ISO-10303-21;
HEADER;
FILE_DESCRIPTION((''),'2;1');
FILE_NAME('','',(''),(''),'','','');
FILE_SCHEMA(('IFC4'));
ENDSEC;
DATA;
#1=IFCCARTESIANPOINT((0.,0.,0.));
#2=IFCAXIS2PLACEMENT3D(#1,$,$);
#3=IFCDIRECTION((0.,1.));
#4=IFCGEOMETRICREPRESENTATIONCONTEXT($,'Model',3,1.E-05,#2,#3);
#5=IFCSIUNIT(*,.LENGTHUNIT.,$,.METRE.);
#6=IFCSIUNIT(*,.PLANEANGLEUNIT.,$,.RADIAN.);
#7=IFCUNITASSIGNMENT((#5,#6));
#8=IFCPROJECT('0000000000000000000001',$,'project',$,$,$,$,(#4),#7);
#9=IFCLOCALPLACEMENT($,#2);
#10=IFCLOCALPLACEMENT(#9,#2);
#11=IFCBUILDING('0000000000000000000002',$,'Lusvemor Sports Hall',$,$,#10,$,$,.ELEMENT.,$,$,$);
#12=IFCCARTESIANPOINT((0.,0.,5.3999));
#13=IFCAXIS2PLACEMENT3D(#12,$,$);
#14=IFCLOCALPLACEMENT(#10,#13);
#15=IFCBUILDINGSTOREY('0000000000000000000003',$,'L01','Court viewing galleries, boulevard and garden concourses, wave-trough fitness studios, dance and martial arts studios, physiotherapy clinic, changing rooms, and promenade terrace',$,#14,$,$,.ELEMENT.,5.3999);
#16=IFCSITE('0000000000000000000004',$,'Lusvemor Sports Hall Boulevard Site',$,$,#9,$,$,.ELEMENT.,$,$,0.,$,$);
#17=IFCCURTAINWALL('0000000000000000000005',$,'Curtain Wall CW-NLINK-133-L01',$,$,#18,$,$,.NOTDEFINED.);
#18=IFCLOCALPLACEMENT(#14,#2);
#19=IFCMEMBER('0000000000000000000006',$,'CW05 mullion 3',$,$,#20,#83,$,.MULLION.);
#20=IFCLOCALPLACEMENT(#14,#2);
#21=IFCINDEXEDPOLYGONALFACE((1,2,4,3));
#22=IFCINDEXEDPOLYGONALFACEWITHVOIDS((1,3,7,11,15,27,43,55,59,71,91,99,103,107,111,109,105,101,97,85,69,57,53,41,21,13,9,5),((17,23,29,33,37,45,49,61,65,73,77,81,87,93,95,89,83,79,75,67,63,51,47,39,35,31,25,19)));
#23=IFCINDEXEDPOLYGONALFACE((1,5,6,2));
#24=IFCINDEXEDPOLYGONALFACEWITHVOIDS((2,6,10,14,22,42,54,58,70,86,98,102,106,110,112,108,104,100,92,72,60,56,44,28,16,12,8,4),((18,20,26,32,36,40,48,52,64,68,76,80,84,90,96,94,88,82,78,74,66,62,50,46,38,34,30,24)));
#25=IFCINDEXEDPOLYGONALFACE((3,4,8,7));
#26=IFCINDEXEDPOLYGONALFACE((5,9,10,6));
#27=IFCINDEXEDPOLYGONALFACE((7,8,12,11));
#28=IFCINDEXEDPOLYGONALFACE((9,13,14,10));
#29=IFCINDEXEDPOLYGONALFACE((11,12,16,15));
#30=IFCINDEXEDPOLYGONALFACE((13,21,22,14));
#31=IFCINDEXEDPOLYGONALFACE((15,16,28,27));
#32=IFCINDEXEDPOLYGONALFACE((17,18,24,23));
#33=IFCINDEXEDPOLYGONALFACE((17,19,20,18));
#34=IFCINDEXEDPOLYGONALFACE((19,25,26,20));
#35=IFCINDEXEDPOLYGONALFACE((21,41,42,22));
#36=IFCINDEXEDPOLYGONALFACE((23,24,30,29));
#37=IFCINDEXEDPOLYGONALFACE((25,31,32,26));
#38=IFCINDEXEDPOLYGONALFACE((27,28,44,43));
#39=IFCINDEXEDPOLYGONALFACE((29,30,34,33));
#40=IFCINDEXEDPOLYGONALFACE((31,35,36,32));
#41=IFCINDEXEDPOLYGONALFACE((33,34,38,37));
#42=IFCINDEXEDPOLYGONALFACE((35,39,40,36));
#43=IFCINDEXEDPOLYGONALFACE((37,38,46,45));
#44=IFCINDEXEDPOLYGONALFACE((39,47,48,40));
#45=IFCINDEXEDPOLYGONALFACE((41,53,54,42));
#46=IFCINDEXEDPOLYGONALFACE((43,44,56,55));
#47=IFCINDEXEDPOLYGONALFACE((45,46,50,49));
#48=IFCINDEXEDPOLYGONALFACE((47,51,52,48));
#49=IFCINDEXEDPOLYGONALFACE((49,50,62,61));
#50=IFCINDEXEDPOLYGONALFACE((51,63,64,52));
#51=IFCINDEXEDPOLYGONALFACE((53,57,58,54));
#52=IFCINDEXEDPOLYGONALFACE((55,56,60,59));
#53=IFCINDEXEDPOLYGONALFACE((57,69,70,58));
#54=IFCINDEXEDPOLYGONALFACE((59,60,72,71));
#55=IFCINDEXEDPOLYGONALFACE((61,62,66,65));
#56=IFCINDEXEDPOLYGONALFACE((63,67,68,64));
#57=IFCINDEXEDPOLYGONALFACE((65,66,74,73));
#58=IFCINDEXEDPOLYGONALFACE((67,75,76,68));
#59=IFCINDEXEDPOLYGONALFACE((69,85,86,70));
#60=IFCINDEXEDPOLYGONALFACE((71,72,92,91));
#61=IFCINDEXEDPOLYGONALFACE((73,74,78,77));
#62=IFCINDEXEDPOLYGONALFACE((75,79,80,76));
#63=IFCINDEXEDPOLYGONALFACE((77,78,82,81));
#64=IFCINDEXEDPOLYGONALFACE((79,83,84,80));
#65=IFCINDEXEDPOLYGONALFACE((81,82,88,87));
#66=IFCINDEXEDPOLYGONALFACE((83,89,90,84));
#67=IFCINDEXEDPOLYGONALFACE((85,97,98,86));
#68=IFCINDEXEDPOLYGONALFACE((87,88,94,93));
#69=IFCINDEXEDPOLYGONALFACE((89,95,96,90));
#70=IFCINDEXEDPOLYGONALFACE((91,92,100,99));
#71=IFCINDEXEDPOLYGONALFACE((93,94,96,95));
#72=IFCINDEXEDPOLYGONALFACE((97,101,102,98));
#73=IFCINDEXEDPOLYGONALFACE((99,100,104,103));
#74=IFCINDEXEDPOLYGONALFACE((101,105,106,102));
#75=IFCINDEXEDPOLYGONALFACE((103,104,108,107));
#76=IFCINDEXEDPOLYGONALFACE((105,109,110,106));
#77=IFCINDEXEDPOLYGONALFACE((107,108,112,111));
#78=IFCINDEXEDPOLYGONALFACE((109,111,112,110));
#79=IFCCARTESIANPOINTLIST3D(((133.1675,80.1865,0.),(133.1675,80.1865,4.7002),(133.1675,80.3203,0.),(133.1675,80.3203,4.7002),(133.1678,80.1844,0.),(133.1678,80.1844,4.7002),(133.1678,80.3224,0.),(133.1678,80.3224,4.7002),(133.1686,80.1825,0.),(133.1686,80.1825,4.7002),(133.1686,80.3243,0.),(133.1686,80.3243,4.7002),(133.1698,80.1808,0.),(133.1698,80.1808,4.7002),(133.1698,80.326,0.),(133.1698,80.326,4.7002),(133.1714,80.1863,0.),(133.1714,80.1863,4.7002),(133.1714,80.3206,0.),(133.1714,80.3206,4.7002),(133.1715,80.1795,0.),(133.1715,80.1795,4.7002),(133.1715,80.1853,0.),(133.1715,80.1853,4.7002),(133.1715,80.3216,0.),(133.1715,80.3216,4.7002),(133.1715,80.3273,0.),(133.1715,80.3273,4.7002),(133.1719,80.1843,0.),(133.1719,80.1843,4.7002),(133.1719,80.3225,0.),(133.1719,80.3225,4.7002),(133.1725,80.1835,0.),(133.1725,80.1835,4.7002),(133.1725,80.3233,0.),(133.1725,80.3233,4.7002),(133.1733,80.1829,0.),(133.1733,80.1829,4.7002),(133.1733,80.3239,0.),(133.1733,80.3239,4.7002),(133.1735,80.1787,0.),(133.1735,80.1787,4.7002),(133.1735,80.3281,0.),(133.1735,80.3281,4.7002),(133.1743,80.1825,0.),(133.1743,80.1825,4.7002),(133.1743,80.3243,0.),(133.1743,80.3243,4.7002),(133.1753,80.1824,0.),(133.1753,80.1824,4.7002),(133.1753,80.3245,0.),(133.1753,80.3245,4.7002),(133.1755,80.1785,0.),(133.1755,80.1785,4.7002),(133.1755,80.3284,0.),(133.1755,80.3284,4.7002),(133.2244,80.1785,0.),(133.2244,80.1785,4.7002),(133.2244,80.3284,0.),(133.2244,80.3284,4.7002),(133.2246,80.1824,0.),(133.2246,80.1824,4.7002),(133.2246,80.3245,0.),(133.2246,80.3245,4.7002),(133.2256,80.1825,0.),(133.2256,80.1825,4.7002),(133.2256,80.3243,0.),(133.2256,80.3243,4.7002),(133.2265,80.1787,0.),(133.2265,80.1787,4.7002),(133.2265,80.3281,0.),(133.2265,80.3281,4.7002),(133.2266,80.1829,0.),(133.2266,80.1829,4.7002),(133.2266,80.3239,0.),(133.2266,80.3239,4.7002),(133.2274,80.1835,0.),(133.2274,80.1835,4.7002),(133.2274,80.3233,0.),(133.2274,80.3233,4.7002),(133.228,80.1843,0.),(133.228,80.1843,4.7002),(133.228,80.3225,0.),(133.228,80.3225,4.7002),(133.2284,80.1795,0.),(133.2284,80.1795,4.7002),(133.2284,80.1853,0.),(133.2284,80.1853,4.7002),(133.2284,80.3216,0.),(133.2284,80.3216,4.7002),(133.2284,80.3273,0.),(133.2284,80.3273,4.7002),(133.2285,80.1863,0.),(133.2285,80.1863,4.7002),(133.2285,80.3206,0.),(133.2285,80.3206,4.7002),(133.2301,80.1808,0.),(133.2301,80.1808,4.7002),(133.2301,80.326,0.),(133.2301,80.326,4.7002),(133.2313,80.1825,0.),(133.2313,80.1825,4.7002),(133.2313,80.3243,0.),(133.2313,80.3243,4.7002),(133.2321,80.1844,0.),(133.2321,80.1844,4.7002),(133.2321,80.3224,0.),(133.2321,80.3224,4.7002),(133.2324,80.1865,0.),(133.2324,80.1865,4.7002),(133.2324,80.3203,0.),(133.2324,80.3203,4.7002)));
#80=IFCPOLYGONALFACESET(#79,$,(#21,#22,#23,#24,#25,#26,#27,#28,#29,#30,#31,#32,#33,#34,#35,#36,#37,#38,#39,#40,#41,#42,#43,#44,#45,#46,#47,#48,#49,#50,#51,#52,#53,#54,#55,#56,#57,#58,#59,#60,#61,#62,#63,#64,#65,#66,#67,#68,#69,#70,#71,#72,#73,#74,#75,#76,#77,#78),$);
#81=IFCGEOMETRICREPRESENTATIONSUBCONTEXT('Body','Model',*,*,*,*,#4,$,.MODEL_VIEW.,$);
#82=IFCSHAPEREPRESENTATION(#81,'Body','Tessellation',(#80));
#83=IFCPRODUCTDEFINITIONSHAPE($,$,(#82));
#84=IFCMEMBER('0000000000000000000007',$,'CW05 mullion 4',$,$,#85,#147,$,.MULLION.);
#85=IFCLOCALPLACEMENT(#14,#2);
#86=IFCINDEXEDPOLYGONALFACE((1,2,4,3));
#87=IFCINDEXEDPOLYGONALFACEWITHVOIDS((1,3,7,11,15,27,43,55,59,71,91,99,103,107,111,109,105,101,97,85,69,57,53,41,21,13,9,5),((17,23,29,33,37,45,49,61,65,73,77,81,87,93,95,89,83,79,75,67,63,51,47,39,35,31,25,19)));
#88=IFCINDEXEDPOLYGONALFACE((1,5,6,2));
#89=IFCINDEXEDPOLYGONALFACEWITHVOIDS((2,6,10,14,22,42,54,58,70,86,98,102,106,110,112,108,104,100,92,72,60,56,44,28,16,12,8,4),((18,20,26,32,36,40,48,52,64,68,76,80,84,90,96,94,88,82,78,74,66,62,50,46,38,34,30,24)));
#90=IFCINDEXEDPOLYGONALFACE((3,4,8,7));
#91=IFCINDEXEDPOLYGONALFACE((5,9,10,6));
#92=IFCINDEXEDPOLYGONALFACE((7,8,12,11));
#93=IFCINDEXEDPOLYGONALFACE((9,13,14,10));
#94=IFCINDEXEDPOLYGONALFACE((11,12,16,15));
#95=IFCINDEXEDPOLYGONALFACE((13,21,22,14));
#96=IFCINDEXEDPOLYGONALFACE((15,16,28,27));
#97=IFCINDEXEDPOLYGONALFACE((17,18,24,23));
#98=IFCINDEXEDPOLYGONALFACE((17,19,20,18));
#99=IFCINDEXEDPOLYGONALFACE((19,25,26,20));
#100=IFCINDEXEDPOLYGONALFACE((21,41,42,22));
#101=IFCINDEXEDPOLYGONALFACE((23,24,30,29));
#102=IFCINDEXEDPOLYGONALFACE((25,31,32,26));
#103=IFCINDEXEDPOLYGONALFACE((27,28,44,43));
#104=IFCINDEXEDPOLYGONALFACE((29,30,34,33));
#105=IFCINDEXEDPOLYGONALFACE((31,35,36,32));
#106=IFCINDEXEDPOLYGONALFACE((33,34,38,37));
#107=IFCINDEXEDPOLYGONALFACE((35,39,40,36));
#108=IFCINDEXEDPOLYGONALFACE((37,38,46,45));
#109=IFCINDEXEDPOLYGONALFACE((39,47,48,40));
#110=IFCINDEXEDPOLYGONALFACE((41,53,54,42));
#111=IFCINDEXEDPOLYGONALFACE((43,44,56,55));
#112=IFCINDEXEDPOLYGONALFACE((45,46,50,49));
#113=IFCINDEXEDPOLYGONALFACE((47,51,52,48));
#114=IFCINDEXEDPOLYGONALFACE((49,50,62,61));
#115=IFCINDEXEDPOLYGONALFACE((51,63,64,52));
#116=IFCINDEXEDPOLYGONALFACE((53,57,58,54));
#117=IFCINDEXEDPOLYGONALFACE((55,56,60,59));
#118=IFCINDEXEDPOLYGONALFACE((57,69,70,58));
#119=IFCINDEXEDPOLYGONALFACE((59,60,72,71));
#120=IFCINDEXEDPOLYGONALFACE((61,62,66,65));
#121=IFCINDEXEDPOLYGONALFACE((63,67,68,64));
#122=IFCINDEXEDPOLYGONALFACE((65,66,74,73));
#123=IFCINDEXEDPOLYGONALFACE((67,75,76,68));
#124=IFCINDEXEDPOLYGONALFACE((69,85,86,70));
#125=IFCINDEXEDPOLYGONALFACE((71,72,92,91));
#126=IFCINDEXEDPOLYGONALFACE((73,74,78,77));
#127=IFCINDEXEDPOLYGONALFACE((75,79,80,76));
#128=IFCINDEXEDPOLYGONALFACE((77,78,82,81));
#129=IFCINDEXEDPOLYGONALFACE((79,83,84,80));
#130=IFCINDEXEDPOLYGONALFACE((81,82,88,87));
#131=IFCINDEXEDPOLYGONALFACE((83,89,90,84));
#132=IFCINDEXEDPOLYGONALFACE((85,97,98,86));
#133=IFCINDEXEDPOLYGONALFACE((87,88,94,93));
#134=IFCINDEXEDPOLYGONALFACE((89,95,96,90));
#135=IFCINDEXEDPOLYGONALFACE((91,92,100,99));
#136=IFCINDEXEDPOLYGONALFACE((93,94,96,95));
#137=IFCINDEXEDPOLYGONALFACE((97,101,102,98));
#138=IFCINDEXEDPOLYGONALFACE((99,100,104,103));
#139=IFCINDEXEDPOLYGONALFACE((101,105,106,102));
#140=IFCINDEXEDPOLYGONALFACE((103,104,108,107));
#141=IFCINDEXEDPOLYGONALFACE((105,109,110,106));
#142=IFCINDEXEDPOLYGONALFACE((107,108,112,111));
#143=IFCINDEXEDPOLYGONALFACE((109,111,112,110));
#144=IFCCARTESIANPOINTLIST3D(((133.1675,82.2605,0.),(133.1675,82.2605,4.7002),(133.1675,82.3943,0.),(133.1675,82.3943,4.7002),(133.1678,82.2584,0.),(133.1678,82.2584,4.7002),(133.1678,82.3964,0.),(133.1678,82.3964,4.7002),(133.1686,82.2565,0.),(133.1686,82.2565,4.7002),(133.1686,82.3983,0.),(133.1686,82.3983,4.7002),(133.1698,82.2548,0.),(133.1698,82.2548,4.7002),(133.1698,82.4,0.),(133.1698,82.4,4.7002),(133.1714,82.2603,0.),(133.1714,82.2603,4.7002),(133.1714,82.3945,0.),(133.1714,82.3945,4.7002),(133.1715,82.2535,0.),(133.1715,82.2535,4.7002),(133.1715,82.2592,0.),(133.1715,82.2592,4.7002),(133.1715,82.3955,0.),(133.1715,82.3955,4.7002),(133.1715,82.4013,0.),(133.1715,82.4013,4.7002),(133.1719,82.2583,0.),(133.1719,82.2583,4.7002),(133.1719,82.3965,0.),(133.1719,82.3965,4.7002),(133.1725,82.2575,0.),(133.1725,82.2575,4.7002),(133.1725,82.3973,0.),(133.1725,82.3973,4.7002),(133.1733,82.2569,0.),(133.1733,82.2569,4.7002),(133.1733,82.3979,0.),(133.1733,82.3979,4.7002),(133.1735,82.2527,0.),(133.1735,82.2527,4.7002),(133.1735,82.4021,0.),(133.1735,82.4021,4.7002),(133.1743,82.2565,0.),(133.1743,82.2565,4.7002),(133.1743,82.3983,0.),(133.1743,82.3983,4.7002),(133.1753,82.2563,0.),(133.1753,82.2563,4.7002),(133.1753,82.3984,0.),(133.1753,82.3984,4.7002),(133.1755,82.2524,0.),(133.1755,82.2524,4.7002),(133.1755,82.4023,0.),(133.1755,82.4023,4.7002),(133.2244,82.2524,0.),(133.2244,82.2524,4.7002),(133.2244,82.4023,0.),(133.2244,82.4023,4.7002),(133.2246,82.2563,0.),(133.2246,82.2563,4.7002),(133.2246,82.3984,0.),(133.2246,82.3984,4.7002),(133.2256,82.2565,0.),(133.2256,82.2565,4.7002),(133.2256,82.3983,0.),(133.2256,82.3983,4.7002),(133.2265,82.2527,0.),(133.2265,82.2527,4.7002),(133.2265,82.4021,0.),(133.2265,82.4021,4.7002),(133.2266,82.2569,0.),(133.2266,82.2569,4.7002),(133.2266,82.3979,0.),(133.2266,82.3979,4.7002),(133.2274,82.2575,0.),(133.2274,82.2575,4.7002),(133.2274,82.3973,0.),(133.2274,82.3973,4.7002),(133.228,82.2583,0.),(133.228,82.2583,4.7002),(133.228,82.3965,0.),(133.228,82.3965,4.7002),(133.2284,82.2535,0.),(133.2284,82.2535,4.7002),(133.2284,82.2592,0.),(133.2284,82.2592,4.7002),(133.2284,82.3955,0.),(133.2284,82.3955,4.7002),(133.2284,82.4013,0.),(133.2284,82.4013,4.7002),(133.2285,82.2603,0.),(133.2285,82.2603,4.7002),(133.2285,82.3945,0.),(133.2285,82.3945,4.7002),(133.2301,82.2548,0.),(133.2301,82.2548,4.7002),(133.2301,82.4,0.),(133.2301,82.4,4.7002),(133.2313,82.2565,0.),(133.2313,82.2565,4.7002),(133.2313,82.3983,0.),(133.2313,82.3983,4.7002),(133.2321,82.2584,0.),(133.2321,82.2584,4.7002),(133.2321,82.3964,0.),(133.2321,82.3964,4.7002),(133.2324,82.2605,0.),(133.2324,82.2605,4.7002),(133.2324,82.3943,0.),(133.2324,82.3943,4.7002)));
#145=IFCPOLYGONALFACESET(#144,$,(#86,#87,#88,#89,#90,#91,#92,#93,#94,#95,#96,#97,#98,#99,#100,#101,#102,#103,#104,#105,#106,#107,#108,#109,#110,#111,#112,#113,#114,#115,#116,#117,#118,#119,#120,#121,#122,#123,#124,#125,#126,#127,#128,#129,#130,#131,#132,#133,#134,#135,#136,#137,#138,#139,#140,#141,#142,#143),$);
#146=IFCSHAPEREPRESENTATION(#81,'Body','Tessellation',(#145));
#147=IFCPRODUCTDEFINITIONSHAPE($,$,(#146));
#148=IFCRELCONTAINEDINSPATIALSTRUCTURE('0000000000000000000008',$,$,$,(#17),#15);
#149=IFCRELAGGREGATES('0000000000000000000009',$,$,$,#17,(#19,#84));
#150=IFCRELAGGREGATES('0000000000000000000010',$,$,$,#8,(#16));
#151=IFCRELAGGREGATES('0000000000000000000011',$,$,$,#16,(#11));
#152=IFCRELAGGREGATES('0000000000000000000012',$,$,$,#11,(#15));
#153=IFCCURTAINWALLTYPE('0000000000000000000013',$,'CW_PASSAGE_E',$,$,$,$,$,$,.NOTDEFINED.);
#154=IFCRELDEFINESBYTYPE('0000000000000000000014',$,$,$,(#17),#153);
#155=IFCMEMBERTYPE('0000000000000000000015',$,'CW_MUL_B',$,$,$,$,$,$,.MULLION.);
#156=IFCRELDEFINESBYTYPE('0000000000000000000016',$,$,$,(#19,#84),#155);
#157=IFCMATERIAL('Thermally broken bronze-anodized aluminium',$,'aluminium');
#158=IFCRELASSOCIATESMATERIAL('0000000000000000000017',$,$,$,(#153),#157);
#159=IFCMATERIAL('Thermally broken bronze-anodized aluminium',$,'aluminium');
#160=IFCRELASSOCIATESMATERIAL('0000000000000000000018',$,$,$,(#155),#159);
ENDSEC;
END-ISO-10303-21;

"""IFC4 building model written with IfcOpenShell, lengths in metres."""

from ifc_helpers import new_model, si_unit, direction, frame, origin, origin_2d, place, context, subcontext, project, spatial, hollow_rectangle, extrude, material, material_profile, profile_set, type_object, element, aggregate, save


model = new_model("IFC4")

# Units and contexts
model_context = context("Model", 3, precision=1e-05, world=origin(), true_north=direction((0.0, 1.0)))
body_context = subcontext(model_context, "Body", "Model", "MODEL_VIEW")
ifc_project = project(units=[si_unit("LENGTHUNIT", "METRE"), si_unit("PLANEANGLEUNIT", "RADIAN")], contexts=[model_context])

# Site, building, storey
site_placement = place(None, origin())
site = spatial("IfcSite", under=ifc_project, at=site_placement, Name="Lusvemor Sports Hall Boulevard Site", CompositionType="ELEMENT", RefElevation=0.0)
building_placement = place(site_placement, origin())
building = spatial("IfcBuilding", under=site, at=building_placement, Name="Lusvemor Sports Hall", CompositionType="ELEMENT")
storey_placement = place(building_placement, frame((0.0, 0.0, 5.3999)))
storey = spatial("IfcBuildingStorey", under=building, at=storey_placement, Name="L01", Description="Court viewing galleries, boulevard and garden concourses, wave-trough fitness studios, dance and martial arts studios, physiotherapy clinic, changing rooms, and promenade terrace", CompositionType="ELEMENT", Elevation=5.3999)

# Curtain wall, members
ifc_material_1 = material(Name="Thermally broken bronze-anodized aluminium", Category="aluminium")
curtain_wall_type = type_object("IfcCurtainWallType", Name="CW_PASSAGE_E", PredefinedType="NOTDEFINED", material=ifc_material_1)
curtain_wall_placement = place(storey_placement, origin())
curtain_wall = element("IfcCurtainWall", 1, at=curtain_wall_placement, inside=storey, type_object=curtain_wall_type, Name="Curtain Wall CW-NLINK-133-L01", PredefinedType="NOTDEFINED")
ifc_material_2 = material(Name="Thermally broken bronze-anodized aluminium", Category="aluminium")
ifc_material_profile_1 = material_profile(ifc_material_2, hollow_rectangle(XDim=0.0649, YDim=0.1499, WallThickness=0.0039, InnerFilletRadius=0.0039, OuterFilletRadius=0.0081, at=origin_2d()), Name="CWMUL150x65x4")
ifc_profile_set_1 = profile_set([ifc_material_profile_1], Name="Thermally broken bronze-anodized aluminium")
member_type_1 = type_object("IfcMemberType", Name="CW_MUL_B", PredefinedType="MULLION", material=ifc_profile_set_1)
member_1_placement = place(storey_placement, frame((133.2, 80.2534, 0.0), z_axis=(0.0, 0.0, 1.0), x_axis=(-1.0, 0.0, 0.0)))
member_1 = element("IfcMember", 2, at=member_1_placement, type_object=member_type_1, Name="CW05 mullion 3", PredefinedType="MULLION", context=body_context, shape_type="SweptSolid", body=[
    extrude(hollow_rectangle(XDim=0.0649, YDim=0.1499, WallThickness=0.0039, InnerFilletRadius=0.0039, OuterFilletRadius=0.0081, at=origin_2d()), origin(), (0.0, 0.0, 1.0), 4.7002),
])
member_2_placement = place(storey_placement, frame((133.2, 82.3274, 0.0), z_axis=(0.0, 0.0, 1.0), x_axis=(-1.0, 0.0, 0.0)))
member_2 = element("IfcMember", 3, at=member_2_placement, type_object=member_type_1, Name="CW05 mullion 4", PredefinedType="MULLION", context=body_context, shape_type="SweptSolid", body=[
    extrude(hollow_rectangle(XDim=0.0649, YDim=0.1499, WallThickness=0.0039, InnerFilletRadius=0.0039, OuterFilletRadius=0.0081, at=origin_2d()), origin(), (0.0, 0.0, 1.0), 4.7002),
])

aggregate(curtain_wall, [member_1, member_2])

save(model, "model.ifc")
